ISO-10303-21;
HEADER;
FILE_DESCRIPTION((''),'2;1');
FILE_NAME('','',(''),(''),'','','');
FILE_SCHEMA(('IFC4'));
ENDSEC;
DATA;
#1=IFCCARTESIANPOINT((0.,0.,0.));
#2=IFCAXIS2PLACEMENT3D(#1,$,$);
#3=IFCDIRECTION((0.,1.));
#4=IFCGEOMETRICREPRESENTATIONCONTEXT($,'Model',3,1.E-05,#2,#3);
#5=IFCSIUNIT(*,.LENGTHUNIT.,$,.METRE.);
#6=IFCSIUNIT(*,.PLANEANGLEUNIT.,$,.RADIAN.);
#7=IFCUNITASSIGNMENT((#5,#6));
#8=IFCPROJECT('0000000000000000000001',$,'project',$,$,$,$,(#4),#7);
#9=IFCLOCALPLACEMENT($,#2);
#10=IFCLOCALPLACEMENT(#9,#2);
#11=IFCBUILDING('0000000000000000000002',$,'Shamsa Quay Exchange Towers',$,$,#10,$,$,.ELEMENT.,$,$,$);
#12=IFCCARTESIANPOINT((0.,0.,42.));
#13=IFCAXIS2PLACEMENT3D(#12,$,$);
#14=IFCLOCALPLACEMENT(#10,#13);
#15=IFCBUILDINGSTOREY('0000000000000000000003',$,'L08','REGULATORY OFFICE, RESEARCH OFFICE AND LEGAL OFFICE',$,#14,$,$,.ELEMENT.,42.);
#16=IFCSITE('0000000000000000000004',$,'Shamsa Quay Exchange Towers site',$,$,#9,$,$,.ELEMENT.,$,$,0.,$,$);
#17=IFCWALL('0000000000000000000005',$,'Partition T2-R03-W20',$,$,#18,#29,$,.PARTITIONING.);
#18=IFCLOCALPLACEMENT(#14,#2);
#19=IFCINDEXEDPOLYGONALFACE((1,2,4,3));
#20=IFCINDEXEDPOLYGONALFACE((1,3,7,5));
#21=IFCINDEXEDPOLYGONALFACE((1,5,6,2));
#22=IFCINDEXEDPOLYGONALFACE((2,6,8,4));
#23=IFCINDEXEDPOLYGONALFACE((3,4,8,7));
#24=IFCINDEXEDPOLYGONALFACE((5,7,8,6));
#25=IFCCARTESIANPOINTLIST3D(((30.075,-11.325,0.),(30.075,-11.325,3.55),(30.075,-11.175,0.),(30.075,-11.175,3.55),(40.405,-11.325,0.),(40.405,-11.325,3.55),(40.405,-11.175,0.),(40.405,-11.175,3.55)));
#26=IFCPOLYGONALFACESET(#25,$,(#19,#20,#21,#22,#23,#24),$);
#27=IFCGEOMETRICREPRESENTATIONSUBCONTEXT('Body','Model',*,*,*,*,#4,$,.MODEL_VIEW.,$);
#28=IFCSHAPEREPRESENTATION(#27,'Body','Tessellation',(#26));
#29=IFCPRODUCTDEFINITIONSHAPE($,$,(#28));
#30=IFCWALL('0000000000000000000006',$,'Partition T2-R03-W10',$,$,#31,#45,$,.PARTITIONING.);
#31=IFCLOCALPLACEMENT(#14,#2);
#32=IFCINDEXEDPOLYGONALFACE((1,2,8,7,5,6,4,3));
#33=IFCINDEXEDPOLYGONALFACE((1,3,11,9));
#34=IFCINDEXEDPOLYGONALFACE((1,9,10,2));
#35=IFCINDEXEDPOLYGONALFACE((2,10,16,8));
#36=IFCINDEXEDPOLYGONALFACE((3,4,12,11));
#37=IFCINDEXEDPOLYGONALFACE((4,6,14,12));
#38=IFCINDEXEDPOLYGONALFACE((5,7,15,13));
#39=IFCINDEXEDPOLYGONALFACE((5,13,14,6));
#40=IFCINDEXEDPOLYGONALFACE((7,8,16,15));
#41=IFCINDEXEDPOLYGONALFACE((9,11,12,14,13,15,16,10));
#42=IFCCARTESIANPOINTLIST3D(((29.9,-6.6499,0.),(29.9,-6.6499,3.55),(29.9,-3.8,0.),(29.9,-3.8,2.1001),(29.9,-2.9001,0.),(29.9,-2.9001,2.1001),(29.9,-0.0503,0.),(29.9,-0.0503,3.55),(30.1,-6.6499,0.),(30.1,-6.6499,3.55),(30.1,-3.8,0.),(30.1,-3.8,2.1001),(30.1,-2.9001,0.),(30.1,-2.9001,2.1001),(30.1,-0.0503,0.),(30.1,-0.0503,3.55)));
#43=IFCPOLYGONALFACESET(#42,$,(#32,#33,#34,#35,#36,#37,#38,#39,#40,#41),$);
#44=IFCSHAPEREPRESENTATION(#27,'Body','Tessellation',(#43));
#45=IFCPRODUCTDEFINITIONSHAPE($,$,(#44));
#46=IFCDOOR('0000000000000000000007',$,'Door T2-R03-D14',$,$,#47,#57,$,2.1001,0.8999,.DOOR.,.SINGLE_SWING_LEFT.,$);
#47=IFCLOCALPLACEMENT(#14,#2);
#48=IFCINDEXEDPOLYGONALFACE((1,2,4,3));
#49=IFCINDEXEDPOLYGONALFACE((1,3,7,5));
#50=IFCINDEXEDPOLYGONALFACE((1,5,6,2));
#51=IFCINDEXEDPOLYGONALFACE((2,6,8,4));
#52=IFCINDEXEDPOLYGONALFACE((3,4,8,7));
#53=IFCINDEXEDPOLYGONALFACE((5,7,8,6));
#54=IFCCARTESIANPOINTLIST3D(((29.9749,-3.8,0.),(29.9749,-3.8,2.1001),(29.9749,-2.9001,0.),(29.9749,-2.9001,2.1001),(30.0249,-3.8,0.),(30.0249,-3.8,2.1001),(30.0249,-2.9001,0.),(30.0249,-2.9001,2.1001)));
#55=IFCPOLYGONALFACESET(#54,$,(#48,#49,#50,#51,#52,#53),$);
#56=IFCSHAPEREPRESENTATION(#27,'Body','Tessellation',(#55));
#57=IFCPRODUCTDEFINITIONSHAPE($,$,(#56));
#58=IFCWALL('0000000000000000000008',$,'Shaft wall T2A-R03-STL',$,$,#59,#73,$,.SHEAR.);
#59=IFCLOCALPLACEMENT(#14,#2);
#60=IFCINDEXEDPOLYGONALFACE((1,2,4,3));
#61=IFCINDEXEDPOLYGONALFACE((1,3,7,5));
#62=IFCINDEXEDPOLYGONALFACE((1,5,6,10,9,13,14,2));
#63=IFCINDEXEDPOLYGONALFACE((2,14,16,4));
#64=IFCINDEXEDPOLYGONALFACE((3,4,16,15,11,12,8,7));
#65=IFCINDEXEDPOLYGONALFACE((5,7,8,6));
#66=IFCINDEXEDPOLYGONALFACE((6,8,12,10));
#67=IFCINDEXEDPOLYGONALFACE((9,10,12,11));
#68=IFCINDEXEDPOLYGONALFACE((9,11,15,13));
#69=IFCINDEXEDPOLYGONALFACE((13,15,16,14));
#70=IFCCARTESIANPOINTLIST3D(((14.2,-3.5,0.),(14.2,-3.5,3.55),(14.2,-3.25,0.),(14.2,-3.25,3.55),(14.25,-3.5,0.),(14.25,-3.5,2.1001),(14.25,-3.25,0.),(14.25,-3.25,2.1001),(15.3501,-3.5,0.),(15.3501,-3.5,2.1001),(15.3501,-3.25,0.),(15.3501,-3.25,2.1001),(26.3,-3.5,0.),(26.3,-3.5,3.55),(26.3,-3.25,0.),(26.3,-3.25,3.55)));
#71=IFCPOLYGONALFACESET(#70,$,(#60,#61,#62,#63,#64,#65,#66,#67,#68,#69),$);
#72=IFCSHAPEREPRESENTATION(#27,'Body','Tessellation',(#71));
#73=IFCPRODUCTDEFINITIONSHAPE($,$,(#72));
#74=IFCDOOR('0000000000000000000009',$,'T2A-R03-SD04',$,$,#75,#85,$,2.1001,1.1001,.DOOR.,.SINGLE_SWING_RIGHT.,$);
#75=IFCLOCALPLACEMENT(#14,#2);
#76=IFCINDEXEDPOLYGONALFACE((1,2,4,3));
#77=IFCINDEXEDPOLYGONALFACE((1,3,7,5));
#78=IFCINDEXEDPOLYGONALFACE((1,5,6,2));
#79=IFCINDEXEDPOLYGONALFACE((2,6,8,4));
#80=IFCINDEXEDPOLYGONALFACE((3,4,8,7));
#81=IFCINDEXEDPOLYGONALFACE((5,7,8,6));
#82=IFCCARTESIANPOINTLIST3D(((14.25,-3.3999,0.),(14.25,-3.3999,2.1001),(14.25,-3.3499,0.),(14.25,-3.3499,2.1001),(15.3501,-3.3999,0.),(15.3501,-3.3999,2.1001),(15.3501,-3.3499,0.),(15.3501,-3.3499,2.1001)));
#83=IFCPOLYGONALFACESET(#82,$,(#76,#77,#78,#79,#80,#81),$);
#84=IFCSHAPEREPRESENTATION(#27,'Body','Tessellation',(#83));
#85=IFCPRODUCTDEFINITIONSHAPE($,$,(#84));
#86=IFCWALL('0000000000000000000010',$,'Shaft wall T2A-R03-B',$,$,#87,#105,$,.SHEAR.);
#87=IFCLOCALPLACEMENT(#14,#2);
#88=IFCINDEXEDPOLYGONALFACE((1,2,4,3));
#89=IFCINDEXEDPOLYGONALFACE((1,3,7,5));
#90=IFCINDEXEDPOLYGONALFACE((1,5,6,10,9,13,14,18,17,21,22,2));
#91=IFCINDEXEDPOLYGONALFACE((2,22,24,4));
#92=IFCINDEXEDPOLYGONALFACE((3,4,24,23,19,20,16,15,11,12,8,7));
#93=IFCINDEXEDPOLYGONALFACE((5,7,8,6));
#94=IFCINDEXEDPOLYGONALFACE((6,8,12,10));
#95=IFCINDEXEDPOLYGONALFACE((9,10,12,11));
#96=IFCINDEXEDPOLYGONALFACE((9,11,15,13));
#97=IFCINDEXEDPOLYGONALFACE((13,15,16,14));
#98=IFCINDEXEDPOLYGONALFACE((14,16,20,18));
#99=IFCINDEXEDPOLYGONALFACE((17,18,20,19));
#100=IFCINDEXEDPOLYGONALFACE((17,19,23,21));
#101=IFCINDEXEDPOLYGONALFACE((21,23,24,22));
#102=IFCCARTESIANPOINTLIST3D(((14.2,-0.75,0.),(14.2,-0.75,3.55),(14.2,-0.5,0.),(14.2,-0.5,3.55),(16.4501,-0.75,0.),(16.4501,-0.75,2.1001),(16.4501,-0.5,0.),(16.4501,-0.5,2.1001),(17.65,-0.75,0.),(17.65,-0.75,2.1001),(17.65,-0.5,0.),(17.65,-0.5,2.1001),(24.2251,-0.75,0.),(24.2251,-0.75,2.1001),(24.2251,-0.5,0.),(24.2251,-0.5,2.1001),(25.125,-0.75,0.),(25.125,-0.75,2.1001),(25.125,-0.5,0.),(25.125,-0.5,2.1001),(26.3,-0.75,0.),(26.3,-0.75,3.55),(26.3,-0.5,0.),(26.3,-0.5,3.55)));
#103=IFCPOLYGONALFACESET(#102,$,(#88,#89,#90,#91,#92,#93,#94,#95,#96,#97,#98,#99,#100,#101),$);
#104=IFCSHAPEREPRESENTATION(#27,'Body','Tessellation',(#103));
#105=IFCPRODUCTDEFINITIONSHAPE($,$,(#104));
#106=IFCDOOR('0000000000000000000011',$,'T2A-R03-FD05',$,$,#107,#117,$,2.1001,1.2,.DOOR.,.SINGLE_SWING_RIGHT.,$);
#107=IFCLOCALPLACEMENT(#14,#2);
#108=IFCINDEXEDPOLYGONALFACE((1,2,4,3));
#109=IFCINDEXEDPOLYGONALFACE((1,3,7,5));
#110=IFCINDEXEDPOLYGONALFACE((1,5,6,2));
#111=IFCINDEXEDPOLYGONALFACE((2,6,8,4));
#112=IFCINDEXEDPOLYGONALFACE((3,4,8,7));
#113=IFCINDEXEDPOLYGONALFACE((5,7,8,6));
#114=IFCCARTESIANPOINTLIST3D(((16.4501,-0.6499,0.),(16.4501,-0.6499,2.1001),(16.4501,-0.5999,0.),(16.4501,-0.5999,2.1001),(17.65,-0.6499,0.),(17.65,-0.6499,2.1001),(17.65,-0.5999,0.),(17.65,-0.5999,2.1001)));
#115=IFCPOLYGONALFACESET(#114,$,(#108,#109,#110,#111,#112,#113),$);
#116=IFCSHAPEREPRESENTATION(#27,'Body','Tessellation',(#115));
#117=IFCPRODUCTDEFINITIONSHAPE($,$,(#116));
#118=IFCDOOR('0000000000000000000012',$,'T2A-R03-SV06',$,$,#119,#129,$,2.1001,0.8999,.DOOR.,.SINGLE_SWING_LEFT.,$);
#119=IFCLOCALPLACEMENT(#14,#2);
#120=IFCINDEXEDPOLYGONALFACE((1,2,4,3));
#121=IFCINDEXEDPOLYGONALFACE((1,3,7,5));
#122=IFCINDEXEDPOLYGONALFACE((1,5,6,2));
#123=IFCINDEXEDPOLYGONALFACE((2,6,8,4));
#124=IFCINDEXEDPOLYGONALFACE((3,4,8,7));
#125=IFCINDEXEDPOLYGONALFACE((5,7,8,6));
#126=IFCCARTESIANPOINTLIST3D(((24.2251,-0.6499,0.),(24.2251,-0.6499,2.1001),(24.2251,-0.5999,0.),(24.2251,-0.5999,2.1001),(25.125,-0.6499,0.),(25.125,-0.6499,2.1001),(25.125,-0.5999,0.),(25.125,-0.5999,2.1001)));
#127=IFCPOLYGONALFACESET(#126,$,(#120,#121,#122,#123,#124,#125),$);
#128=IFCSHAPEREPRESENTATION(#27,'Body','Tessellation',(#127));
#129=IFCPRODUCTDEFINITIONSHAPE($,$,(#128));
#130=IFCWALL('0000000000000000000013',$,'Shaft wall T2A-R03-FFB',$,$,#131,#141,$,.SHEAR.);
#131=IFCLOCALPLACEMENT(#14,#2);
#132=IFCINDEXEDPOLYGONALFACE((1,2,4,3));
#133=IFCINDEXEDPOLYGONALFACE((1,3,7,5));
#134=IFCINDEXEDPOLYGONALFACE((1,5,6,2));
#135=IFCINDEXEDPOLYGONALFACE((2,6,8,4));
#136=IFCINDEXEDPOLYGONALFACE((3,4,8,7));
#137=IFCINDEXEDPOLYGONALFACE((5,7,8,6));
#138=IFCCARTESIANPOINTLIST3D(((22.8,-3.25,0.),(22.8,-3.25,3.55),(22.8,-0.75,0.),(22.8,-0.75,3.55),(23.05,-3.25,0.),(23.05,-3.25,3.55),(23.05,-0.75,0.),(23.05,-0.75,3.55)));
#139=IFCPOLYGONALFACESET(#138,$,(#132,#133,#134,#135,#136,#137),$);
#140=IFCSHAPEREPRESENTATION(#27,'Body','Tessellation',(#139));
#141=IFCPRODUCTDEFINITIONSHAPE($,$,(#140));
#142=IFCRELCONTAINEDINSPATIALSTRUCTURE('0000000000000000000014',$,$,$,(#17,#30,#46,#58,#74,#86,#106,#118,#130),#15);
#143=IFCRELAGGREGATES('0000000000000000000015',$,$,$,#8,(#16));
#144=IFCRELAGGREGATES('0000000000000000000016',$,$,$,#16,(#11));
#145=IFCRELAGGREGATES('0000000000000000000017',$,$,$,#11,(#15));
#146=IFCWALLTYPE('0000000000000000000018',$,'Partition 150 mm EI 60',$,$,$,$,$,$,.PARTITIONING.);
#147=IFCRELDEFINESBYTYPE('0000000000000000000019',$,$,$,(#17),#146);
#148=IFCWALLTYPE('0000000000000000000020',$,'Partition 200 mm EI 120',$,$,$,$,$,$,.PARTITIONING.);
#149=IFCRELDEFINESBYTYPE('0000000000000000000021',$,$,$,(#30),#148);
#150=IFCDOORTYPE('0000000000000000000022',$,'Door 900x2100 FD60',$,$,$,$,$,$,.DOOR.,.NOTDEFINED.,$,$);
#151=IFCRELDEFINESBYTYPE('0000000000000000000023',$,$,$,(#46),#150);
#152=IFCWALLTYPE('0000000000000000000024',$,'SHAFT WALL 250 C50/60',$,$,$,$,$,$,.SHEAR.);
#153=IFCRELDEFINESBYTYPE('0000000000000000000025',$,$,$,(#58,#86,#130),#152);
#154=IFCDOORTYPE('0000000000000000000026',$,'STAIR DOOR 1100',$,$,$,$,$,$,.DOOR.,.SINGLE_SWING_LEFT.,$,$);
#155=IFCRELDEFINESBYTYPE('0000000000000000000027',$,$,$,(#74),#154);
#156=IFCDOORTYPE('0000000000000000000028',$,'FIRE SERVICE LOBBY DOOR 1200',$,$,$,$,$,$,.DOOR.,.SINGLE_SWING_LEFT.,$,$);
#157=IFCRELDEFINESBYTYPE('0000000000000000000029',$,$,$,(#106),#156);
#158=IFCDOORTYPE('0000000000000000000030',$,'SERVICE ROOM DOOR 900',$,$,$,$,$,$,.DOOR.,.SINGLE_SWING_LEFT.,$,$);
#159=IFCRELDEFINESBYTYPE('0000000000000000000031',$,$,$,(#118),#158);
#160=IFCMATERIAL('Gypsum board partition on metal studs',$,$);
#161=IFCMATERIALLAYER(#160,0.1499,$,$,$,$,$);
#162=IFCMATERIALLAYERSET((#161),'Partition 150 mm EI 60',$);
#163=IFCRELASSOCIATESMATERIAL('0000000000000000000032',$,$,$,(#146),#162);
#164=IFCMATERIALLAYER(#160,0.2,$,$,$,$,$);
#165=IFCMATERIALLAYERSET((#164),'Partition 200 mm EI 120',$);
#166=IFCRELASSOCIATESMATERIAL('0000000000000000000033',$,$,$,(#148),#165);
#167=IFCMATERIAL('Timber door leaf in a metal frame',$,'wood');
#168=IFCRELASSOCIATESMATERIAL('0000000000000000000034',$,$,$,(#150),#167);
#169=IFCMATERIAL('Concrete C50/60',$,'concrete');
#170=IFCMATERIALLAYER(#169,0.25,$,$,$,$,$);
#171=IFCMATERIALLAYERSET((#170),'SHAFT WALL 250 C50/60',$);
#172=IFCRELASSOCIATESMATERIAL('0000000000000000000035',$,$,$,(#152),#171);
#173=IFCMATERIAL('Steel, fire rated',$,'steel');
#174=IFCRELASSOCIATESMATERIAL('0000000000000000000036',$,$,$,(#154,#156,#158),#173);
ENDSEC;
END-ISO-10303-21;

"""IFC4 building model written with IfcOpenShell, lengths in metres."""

from ifc_helpers import new_model, si_unit, direction, frame, frame_2d, origin, place, context, subcontext, project, spatial, rectangle, extrude, material, layer, layer_set, type_object, element, fill, save


model = new_model("IFC4")

# Units and contexts
model_context = context("Model", 3, precision=1e-05, world=origin(), true_north=direction((0.0, 1.0)))
body_context = subcontext(model_context, "Body", "Model", "MODEL_VIEW")
ifc_project = project(units=[si_unit("LENGTHUNIT", "METRE"), si_unit("PLANEANGLEUNIT", "RADIAN")], contexts=[model_context])

# Site, building, storey
site_placement = place(None, origin())
site = spatial("IfcSite", under=ifc_project, at=site_placement, Name="Shamsa Quay Exchange Towers site", CompositionType="ELEMENT", RefElevation=0.0)
building_placement = place(site_placement, origin())
building = spatial("IfcBuilding", under=site, at=building_placement, Name="Shamsa Quay Exchange Towers", CompositionType="ELEMENT")
storey_placement = place(building_placement, frame((0.0, 0.0, 42.0)))
storey = spatial("IfcBuildingStorey", under=building, at=storey_placement, Name="L08", Description="REGULATORY OFFICE, RESEARCH OFFICE AND LEGAL OFFICE", CompositionType="ELEMENT", Elevation=42.0)

# Shared definitions
ifc_material_1 = material(Name="Gypsum board partition on metal studs")
ifc_layer_1 = layer(ifc_material_1, 0.1499)
ifc_layer_set_1 = layer_set([ifc_layer_1], Name="Partition 150 mm EI 60")
wall_type_1 = type_object("IfcWallType", Name="Partition 150 mm EI 60", PredefinedType="PARTITIONING", material=ifc_layer_set_1)
ifc_material_2 = material(Name="Timber door leaf in a metal frame", Category="wood")

# Wall
wall_1_placement = place(storey_placement, frame((30.075, -11.25, 0.0)))
element("IfcWall", 1, at=wall_1_placement, inside=storey, type_object=wall_type_1, Name="Partition T2-R03-W20", PredefinedType="PARTITIONING", context=body_context, shape_type="SweptSolid", body=[
    extrude(rectangle(XDim=10.3301, YDim=0.1499, at=frame_2d((5.165, 0.0))), origin(), (0.0, 0.0, 1.0), 3.55),
])

# Walls, openings, doors
ifc_layer_2 = layer(ifc_material_1, 0.2)
ifc_layer_set_2 = layer_set([ifc_layer_2], Name="Partition 200 mm EI 120")
wall_type_2 = type_object("IfcWallType", Name="Partition 200 mm EI 120", PredefinedType="PARTITIONING", material=ifc_layer_set_2)
wall_2_placement = place(storey_placement, frame((30.0, -0.0503, 0.0), z_axis=(0.0, 0.0, 1.0), x_axis=(0.0, -1.0, 0.0)))
wall_2 = element("IfcWall", 2, at=wall_2_placement, inside=storey, type_object=wall_type_2, Name="Partition T2-R03-W10", PredefinedType="PARTITIONING", context=body_context, shape_type="SweptSolid", body=[
    extrude(rectangle(XDim=6.5996, YDim=0.2, at=frame_2d((3.2998, 0.0))), origin(), (0.0, 0.0, 1.0), 3.55),
])
opening_1_placement = place(wall_2_placement, frame((2.8499, 0.0, 0.0)))
opening_1 = element("IfcOpeningElement", 3, at=opening_1_placement, cuts=wall_2, PredefinedType="OPENING", context=body_context, shape_type="SweptSolid", body=[
    extrude(rectangle(XDim=0.8999, YDim=2.1001, at=frame_2d((0.45, 1.05))), frame((0.0, 0.1099, 0.0), z_axis=(0.0, -1.0, 0.0), x_axis=(1.0, 0.0, 0.0)), (0.0, 0.0, 1.0), 0.22),
])
door_type_1 = type_object("IfcDoorType", Name="Door 900x2100 FD60", OperationType="NOTDEFINED", PredefinedType="DOOR", material=ifc_material_2)
door_1_placement = place(opening_1_placement, origin())
door_1 = element("IfcDoor", 4, at=door_1_placement, inside=storey, type_object=door_type_1, Name="Door T2-R03-D14", OperationType="SINGLE_SWING_LEFT", OverallHeight=2.1001, OverallWidth=0.8999, PredefinedType="DOOR", context=body_context, shape_type="SweptSolid", body=[
    extrude(rectangle(XDim=0.8999, YDim=2.1001, at=frame_2d((0.45, 1.05))), frame((0.0, 0.0249, 0.0), z_axis=(0.0, -1.0, 0.0), x_axis=(1.0, 0.0, 0.0)), (0.0, 0.0, 1.0), 0.05),
])
fill(opening_1, door_1)
ifc_material_3 = material(Name="Concrete C50/60", Category="concrete")
ifc_layer_3 = layer(ifc_material_3, 0.25)
ifc_layer_set_3 = layer_set([ifc_layer_3], Name="SHAFT WALL 250 C50/60")
wall_type_3 = type_object("IfcWallType", Name="SHAFT WALL 250 C50/60", PredefinedType="SHEAR", material=ifc_layer_set_3)
wall_3_placement = place(storey_placement, frame((26.3, -3.375, 0.0), z_axis=(0.0, 0.0, 1.0), x_axis=(-1.0, 0.0, 0.0)))
wall_3 = element("IfcWall", 5, at=wall_3_placement, inside=storey, type_object=wall_type_3, Name="Shaft wall T2A-R03-STL", PredefinedType="SHEAR", context=body_context, shape_type="SweptSolid", body=[
    extrude(rectangle(XDim=12.1001, YDim=0.25, at=frame_2d((6.05, 0.0))), origin(), (0.0, 0.0, 1.0), 3.55),
])
opening_2_placement = place(wall_3_placement, frame((10.95, 0.0, 0.0)))
opening_2 = element("IfcOpeningElement", 6, at=opening_2_placement, cuts=wall_3, PredefinedType="OPENING", context=body_context, shape_type="SweptSolid", body=[
    extrude(rectangle(XDim=1.1001, YDim=2.1001, at=frame_2d((0.55, 1.05))), frame((0.0, 0.135, 0.0), z_axis=(0.0, -1.0, 0.0), x_axis=(1.0, 0.0, 0.0)), (0.0, 0.0, 1.0), 0.27),
])
ifc_material_4 = material(Name="Steel, fire rated", Category="steel")
door_type_2 = type_object("IfcDoorType", Name="STAIR DOOR 1100", OperationType="SINGLE_SWING_LEFT", PredefinedType="DOOR", material=ifc_material_4)
door_2_placement = place(opening_2_placement, origin())
door_2 = element("IfcDoor", 7, at=door_2_placement, inside=storey, type_object=door_type_2, Name="T2A-R03-SD04", OperationType="SINGLE_SWING_RIGHT", OverallHeight=2.1001, OverallWidth=1.1001, PredefinedType="DOOR", context=body_context, shape_type="SweptSolid", body=[
    extrude(rectangle(XDim=1.1001, YDim=2.1001, at=frame_2d((0.55, 1.05))), frame((0.0, 0.0249, 0.0), z_axis=(0.0, -1.0, 0.0), x_axis=(1.0, 0.0, 0.0)), (0.0, 0.0, 1.0), 0.05),
])
fill(opening_2, door_2)

# Wall, openings, doors
wall_4_placement = place(storey_placement, frame((26.3, -0.625, 0.0), z_axis=(0.0, 0.0, 1.0), x_axis=(-1.0, 0.0, 0.0)))
wall_4 = element("IfcWall", 8, at=wall_4_placement, inside=storey, type_object=wall_type_3, Name="Shaft wall T2A-R03-B", PredefinedType="SHEAR", context=body_context, shape_type="SweptSolid", body=[
    extrude(rectangle(XDim=12.1001, YDim=0.25, at=frame_2d((6.05, 0.0))), origin(), (0.0, 0.0, 1.0), 3.55),
])
opening_3_placement = place(wall_4_placement, frame((8.6499, 0.0, 0.0)))
opening_3 = element("IfcOpeningElement", 9, at=opening_3_placement, cuts=wall_4, PredefinedType="OPENING", context=body_context, shape_type="SweptSolid", body=[
    extrude(rectangle(XDim=1.2, YDim=2.1001, at=frame_2d((0.6001, 1.05))), frame((0.0, 0.135, 0.0), z_axis=(0.0, -1.0, 0.0), x_axis=(1.0, 0.0, 0.0)), (0.0, 0.0, 1.0), 0.27),
])
opening_4_placement = place(wall_4_placement, frame((1.175, 0.0, 0.0)))
opening_4 = element("IfcOpeningElement", 10, at=opening_4_placement, cuts=wall_4, PredefinedType="OPENING", context=body_context, shape_type="SweptSolid", body=[
    extrude(rectangle(XDim=0.8999, YDim=2.1001, at=frame_2d((0.45, 1.05))), frame((0.0, 0.135, 0.0), z_axis=(0.0, -1.0, 0.0), x_axis=(1.0, 0.0, 0.0)), (0.0, 0.0, 1.0), 0.27),
])
door_type_3 = type_object("IfcDoorType", Name="FIRE SERVICE LOBBY DOOR 1200", OperationType="SINGLE_SWING_LEFT", PredefinedType="DOOR", material=ifc_material_4)
door_3_placement = place(opening_3_placement, origin())
door_3 = element("IfcDoor", 11, at=door_3_placement, inside=storey, type_object=door_type_3, Name="T2A-R03-FD05", OperationType="SINGLE_SWING_RIGHT", OverallHeight=2.1001, OverallWidth=1.2, PredefinedType="DOOR", context=body_context, shape_type="SweptSolid", body=[
    extrude(rectangle(XDim=1.2, YDim=2.1001, at=frame_2d((0.6001, 1.05))), frame((0.0, 0.0249, 0.0), z_axis=(0.0, -1.0, 0.0), x_axis=(1.0, 0.0, 0.0)), (0.0, 0.0, 1.0), 0.05),
])
fill(opening_3, door_3)
door_type_4 = type_object("IfcDoorType", Name="SERVICE ROOM DOOR 900", OperationType="SINGLE_SWING_LEFT", PredefinedType="DOOR", material=ifc_material_4)
door_4_placement = place(opening_4_placement, origin())
door_4 = element("IfcDoor", 12, at=door_4_placement, inside=storey, type_object=door_type_4, Name="T2A-R03-SV06", OperationType="SINGLE_SWING_LEFT", OverallHeight=2.1001, OverallWidth=0.8999, PredefinedType="DOOR", context=body_context, shape_type="SweptSolid", body=[
    extrude(rectangle(XDim=0.8999, YDim=2.1001, at=frame_2d((0.45, 1.05))), frame((0.0, 0.0249, 0.0), z_axis=(0.0, -1.0, 0.0), x_axis=(1.0, 0.0, 0.0)), (0.0, 0.0, 1.0), 0.05),
])
fill(opening_4, door_4)

# Wall
wall_5_placement = place(storey_placement, frame((22.925, -3.25, 0.0), z_axis=(0.0, 0.0, 1.0), x_axis=(0.0, 1.0, 0.0)))
element("IfcWall", 13, at=wall_5_placement, inside=storey, type_object=wall_type_3, Name="Shaft wall T2A-R03-FFB", PredefinedType="SHEAR", context=body_context, shape_type="SweptSolid", body=[
    extrude(rectangle(XDim=2.5, YDim=0.25, at=frame_2d((1.25, 0.0))), origin(), (0.0, 0.0, 1.0), 3.55),
])

save(model, "model.ifc")
